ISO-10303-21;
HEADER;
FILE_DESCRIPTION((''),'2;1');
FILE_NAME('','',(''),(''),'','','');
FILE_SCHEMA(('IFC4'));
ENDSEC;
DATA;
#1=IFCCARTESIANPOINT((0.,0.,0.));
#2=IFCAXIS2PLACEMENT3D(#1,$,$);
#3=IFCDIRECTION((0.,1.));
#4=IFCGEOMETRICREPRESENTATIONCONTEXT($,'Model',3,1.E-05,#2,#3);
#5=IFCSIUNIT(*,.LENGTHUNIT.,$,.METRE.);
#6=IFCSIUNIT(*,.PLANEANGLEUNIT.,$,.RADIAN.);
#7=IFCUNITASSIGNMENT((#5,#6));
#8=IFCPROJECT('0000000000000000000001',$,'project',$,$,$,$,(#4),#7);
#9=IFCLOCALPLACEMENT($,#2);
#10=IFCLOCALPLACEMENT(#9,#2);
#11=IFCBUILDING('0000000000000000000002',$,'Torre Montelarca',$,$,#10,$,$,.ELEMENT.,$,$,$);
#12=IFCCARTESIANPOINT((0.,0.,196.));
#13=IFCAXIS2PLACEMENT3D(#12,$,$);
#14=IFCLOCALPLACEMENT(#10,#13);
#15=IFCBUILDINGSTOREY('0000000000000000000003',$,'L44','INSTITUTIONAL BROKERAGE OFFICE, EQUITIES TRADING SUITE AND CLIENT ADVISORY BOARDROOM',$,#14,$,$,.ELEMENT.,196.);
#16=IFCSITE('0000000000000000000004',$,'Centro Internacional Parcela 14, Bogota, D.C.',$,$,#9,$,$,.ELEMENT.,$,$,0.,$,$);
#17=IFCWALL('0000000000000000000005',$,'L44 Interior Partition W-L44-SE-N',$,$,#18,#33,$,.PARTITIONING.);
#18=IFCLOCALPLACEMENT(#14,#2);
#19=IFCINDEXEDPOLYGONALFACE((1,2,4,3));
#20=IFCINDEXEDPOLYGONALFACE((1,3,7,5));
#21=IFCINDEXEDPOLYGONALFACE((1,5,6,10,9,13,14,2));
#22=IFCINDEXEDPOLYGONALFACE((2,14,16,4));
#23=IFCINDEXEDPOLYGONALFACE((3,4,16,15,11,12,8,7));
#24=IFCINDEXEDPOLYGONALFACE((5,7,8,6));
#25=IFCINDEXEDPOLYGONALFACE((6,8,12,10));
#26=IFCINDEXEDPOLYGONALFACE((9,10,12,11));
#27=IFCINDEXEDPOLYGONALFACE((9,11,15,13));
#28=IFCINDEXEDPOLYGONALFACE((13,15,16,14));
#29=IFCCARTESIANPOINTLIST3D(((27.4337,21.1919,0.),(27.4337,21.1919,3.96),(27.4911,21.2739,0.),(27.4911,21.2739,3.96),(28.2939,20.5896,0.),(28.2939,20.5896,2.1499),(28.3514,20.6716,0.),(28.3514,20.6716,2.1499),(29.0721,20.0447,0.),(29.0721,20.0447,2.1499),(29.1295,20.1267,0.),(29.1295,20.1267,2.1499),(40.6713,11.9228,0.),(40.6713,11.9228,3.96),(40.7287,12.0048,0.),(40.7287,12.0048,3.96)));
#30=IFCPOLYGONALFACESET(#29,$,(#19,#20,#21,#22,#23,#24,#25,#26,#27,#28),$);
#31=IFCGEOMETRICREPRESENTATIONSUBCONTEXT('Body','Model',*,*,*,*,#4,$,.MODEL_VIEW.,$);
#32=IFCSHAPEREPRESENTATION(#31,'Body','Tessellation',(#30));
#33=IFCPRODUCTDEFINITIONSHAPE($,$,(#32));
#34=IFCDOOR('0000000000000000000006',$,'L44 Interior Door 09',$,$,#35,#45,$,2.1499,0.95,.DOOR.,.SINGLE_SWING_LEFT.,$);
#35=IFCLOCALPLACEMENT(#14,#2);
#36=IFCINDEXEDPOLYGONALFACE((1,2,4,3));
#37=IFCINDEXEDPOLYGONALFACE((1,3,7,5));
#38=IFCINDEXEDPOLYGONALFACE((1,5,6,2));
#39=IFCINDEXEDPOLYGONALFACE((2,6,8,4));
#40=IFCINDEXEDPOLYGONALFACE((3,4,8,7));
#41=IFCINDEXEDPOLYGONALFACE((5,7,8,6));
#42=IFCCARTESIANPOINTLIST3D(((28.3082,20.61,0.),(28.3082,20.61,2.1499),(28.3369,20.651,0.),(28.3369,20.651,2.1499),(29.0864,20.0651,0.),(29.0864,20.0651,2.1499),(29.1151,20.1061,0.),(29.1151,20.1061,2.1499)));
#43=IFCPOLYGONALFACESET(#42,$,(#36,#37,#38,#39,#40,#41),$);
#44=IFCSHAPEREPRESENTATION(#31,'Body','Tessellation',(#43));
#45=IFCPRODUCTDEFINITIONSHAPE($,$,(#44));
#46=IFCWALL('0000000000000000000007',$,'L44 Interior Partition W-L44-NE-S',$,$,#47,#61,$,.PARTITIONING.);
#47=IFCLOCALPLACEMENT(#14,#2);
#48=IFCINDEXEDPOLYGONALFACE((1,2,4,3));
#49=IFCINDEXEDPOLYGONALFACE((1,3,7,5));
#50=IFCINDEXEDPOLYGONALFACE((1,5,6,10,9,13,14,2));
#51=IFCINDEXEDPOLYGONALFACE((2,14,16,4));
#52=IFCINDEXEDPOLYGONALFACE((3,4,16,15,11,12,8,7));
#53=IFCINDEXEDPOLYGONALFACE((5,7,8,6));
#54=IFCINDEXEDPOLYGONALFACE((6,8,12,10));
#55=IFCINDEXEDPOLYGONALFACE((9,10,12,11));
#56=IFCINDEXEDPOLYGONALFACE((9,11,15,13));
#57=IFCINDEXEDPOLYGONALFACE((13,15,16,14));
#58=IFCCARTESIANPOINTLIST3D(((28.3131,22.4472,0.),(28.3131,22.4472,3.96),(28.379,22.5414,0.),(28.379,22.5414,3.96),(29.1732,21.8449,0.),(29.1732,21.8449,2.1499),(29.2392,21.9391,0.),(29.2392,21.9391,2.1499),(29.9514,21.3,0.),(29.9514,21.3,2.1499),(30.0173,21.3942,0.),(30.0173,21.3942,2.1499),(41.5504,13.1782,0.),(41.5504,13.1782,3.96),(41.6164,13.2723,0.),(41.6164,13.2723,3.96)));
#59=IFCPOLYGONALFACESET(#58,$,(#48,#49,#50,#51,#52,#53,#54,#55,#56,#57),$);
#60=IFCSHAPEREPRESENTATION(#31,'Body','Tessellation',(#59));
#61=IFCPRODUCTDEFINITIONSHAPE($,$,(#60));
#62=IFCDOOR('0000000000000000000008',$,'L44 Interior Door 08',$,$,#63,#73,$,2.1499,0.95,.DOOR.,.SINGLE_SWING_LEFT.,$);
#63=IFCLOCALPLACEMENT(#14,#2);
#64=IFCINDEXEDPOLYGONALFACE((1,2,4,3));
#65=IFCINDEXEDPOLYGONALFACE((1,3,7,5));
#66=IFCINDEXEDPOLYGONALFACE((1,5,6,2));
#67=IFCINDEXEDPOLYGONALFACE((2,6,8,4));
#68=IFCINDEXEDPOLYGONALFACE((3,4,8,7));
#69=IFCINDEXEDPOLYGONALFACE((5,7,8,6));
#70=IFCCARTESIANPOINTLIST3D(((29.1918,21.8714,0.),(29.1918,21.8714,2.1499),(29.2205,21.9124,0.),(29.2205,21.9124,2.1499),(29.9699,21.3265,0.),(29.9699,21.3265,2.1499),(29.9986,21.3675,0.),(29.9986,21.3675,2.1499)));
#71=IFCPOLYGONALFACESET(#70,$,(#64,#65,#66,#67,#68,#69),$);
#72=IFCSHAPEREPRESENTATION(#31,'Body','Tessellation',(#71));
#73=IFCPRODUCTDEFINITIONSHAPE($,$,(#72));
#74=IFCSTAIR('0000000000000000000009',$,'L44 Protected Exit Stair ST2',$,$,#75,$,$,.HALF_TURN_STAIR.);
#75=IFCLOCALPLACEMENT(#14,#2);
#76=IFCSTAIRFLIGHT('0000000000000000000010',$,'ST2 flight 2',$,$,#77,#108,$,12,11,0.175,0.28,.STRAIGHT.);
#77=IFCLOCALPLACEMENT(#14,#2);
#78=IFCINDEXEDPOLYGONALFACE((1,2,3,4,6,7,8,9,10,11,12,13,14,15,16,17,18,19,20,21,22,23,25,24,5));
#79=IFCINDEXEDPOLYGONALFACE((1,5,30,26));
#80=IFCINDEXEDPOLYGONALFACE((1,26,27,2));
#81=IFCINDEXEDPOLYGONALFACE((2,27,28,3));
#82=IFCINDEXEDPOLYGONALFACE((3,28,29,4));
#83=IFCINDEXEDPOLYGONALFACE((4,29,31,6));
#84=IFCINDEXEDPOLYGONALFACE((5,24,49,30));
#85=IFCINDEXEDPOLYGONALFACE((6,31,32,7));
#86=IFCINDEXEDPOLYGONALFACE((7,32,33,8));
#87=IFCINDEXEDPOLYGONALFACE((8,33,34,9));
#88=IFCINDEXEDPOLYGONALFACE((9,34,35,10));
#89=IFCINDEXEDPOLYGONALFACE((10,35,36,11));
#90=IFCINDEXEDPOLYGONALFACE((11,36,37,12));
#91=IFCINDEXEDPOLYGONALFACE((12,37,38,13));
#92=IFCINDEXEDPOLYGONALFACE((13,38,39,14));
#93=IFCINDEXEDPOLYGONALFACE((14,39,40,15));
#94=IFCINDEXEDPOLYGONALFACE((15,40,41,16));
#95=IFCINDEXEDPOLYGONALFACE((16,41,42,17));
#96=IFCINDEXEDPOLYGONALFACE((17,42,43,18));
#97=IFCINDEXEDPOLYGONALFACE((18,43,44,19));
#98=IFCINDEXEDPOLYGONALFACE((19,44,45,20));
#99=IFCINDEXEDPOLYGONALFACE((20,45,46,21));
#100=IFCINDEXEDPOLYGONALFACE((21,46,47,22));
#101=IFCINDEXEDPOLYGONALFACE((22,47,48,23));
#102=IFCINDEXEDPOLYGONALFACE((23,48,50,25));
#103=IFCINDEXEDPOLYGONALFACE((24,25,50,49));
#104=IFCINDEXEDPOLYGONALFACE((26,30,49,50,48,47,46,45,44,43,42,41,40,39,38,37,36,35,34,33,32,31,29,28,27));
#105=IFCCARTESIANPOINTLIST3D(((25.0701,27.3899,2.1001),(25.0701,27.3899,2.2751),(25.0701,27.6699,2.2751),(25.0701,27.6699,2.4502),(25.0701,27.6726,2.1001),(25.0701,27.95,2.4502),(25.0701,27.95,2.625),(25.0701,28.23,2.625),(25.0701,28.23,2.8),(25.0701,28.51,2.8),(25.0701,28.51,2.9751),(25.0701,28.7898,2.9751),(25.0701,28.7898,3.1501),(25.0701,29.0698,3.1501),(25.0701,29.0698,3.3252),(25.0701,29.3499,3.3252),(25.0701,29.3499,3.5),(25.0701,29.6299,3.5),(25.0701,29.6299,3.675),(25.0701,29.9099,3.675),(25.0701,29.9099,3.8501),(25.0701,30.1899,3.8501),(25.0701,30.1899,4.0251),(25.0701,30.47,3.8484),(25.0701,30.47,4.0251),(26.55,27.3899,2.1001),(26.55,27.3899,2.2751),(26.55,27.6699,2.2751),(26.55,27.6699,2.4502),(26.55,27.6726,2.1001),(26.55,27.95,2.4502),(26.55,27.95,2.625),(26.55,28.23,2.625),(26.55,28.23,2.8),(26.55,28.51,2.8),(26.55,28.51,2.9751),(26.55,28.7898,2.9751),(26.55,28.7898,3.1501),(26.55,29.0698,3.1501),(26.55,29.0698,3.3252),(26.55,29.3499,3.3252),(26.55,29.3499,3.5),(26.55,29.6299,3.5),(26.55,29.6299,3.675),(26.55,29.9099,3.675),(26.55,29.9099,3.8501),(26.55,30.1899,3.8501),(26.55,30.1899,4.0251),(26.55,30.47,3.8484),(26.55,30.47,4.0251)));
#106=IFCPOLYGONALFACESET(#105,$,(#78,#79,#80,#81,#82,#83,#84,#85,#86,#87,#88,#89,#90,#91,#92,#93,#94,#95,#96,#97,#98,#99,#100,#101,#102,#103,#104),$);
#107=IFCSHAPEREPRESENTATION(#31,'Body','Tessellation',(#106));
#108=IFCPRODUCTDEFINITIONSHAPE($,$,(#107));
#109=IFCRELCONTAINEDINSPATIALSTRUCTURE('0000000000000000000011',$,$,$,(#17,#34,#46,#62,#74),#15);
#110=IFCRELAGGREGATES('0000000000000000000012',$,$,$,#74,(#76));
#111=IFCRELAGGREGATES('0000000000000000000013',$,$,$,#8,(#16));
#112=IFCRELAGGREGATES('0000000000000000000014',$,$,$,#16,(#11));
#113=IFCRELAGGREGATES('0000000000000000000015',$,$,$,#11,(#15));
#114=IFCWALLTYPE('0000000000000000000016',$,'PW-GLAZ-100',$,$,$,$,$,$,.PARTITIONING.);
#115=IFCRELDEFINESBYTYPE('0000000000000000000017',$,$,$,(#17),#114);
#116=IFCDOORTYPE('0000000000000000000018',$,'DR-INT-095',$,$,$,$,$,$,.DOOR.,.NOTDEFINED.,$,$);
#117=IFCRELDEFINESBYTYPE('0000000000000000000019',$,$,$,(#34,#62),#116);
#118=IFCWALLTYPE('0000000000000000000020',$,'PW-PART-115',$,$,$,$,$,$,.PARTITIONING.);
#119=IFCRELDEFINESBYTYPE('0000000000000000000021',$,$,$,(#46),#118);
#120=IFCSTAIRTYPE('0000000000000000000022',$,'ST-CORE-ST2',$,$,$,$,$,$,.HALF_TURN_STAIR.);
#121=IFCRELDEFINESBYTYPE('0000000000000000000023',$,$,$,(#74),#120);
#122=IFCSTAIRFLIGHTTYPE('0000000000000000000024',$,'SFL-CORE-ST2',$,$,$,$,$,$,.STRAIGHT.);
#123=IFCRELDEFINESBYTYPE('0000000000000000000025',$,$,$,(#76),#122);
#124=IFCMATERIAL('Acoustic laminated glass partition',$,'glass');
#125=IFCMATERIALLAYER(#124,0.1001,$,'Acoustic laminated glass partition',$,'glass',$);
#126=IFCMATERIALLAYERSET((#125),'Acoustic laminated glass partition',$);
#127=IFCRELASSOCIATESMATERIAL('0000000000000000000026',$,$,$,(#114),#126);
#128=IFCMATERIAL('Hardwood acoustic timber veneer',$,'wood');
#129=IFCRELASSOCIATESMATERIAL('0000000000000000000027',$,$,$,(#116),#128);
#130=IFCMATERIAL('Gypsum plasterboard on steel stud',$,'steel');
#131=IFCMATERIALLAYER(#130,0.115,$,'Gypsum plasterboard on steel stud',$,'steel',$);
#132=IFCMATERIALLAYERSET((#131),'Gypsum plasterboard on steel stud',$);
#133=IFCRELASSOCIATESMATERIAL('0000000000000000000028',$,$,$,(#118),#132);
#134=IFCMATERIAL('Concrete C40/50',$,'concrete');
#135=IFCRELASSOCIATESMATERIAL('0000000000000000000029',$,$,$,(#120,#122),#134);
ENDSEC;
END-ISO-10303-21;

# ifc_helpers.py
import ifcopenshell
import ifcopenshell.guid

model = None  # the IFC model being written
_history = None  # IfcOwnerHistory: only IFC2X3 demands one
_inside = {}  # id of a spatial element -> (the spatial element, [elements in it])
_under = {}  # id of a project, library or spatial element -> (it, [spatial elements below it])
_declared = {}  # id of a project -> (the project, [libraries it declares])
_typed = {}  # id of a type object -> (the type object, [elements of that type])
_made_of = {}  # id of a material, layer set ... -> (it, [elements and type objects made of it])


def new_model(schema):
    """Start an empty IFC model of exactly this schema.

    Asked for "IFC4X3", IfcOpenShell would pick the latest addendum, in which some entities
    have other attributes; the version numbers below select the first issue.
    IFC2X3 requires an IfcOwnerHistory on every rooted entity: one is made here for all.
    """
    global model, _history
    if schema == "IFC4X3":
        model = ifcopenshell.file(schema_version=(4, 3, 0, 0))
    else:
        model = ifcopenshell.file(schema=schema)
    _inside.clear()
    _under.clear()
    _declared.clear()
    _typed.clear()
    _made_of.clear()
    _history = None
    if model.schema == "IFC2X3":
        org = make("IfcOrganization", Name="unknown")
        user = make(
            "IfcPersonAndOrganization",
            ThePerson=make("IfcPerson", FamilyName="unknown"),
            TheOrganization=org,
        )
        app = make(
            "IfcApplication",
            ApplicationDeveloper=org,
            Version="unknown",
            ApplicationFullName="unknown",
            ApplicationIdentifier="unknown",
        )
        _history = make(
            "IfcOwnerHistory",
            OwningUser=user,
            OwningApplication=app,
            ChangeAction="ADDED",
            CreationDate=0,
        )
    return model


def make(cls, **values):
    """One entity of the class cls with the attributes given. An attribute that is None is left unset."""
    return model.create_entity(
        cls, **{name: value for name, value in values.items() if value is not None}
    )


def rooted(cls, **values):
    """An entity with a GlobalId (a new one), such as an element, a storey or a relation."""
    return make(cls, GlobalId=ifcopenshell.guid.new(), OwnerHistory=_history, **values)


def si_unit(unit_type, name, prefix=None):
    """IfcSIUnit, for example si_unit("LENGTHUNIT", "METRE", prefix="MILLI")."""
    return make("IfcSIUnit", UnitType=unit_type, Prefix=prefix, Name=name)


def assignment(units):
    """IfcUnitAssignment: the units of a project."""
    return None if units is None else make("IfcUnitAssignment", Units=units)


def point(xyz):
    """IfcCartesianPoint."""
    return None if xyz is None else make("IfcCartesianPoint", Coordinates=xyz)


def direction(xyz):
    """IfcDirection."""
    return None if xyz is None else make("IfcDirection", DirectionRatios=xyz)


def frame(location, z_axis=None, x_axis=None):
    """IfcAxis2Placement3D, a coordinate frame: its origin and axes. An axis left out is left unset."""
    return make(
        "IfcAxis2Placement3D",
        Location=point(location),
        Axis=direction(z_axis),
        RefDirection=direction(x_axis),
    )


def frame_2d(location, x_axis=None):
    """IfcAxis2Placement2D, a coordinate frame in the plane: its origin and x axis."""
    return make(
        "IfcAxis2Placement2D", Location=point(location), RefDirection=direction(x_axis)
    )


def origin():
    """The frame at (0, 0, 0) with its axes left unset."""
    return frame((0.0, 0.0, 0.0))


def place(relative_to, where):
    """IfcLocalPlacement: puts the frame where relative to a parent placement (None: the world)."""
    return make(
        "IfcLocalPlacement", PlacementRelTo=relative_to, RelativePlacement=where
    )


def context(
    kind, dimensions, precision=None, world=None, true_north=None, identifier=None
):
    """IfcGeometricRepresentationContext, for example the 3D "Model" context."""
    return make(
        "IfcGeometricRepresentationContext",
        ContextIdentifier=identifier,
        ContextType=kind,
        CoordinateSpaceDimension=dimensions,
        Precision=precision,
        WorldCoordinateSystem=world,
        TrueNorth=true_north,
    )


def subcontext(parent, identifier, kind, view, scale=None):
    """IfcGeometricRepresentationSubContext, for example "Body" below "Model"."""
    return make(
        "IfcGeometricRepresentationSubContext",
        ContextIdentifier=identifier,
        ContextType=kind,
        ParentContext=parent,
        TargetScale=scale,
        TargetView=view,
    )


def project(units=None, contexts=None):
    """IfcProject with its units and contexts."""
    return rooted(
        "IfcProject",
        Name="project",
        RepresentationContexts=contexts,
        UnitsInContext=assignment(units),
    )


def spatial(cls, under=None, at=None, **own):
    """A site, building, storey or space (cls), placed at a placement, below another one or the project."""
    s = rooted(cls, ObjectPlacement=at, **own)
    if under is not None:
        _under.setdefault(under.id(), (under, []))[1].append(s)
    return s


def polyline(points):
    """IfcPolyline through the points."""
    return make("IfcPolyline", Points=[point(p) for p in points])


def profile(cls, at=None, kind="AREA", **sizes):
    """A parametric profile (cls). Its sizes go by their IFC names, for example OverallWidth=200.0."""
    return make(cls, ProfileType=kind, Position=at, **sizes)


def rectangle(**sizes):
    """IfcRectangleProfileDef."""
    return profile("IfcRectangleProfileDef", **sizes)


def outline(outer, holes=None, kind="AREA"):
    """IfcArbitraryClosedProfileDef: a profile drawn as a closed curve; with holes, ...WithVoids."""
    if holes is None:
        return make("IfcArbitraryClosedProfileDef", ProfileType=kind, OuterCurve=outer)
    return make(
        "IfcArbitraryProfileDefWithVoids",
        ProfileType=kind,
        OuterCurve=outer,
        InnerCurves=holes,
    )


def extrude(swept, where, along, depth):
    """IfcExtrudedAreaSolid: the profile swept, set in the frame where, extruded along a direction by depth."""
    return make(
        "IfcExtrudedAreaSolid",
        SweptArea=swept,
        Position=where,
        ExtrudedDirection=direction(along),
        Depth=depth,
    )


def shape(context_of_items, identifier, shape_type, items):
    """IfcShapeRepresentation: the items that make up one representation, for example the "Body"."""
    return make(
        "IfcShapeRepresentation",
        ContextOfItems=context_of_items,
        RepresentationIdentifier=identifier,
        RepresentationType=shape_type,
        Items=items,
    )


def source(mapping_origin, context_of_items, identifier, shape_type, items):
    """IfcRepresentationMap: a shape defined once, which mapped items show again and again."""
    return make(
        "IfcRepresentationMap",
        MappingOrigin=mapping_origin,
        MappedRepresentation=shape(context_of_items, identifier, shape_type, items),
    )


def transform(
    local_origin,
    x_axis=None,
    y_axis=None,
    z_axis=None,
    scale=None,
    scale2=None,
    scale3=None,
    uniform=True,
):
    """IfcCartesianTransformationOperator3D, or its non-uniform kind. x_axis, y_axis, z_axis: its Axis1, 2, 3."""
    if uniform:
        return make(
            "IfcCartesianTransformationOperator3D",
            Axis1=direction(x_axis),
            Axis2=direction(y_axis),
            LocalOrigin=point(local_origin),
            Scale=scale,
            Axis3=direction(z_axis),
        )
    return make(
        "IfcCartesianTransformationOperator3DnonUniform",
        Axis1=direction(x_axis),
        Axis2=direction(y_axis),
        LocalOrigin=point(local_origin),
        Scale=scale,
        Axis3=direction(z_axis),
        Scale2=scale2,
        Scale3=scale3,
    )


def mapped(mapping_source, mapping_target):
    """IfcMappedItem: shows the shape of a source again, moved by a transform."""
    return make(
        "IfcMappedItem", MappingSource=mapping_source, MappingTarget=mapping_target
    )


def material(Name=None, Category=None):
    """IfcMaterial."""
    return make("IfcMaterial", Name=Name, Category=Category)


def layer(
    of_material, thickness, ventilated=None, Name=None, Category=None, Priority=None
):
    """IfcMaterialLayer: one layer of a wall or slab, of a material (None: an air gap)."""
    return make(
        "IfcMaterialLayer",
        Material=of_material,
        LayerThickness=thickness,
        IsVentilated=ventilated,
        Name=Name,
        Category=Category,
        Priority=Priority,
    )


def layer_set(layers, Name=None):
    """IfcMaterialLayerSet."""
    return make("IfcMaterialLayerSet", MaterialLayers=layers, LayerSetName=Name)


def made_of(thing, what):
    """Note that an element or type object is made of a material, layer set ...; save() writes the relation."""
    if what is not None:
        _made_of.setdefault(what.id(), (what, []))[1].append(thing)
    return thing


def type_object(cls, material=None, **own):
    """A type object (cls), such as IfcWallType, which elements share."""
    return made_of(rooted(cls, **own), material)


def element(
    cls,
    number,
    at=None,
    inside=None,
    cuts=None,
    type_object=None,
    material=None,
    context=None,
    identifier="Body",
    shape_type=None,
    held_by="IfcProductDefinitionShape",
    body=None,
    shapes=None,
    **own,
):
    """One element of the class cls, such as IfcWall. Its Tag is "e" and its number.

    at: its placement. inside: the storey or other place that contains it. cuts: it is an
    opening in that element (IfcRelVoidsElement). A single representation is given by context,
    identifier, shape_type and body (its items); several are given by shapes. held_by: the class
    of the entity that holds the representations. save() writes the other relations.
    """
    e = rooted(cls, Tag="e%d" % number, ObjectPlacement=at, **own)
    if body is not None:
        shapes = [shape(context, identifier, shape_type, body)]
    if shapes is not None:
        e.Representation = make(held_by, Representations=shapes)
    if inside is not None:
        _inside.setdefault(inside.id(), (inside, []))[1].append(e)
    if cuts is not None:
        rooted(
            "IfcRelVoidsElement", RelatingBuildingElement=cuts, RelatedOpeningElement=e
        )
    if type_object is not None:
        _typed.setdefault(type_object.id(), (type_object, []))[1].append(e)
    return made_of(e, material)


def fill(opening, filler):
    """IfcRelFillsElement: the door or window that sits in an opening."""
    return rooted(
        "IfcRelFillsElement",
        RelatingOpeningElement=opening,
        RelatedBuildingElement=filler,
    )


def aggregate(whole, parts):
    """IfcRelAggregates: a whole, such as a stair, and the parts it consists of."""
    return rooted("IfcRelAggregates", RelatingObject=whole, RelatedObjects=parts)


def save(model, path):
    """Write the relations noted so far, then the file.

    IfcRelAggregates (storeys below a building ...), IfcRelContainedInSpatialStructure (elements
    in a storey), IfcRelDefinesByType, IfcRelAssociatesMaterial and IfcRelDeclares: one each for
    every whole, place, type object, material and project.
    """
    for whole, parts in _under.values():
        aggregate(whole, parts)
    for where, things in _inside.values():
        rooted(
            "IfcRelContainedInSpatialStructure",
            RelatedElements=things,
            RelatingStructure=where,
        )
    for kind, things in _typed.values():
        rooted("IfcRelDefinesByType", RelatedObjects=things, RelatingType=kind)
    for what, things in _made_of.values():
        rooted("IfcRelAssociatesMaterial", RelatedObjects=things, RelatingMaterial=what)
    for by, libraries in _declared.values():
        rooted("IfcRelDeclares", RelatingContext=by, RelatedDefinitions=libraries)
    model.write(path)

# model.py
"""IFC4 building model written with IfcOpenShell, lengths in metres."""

from ifc_helpers import new_model, si_unit, direction, frame, frame_2d, origin, place, context, subcontext, project, spatial, polyline, rectangle, outline, extrude, source, transform, mapped, material, layer, layer_set, type_object, element, fill, aggregate, save


model = new_model("IFC4")

# Units and contexts
model_context = context("Model", 3, precision=1e-05, world=origin(), true_north=direction((0.0, 1.0)))
body_context = subcontext(model_context, "Body", "Model", "MODEL_VIEW")
ifc_project = project(units=[si_unit("LENGTHUNIT", "METRE"), si_unit("PLANEANGLEUNIT", "RADIAN")], contexts=[model_context])

# Site, building, storey
site_placement = place(None, origin())
site = spatial("IfcSite", under=ifc_project, at=site_placement, Name="Centro Internacional Parcela 14, Bogota, D.C.", CompositionType="ELEMENT", RefElevation=0.0)
building_placement = place(site_placement, origin())
building = spatial("IfcBuilding", under=site, at=building_placement, Name="Torre Montelarca", CompositionType="ELEMENT")
storey_placement = place(building_placement, frame((0.0, 0.0, 196.0)))
storey = spatial("IfcBuildingStorey", under=building, at=storey_placement, Name="L44", Description="INSTITUTIONAL BROKERAGE OFFICE, EQUITIES TRADING SUITE AND CLIENT ADVISORY BOARDROOM", CompositionType="ELEMENT", Elevation=196.0)

# Shared definitions
ifc_material_1 = material(Name="Gypsum plasterboard on steel stud", Category="steel")

# Walls, openings, doors
ifc_material_2 = material(Name="Acoustic laminated glass partition", Category="glass")
ifc_layer_1 = layer(ifc_material_2, 0.1001, Name="Acoustic laminated glass partition", Category="glass")
ifc_layer_set_1 = layer_set([ifc_layer_1], Name="Acoustic laminated glass partition")
wall_type_1 = type_object("IfcWallType", Name="PW-GLAZ-100", PredefinedType="PARTITIONING", material=ifc_layer_set_1)
wall_1_placement = place(storey_placement, frame((27.4624, 21.2329, 0.0), z_axis=(0.0, 0.0, 1.0), x_axis=(0.819152, -0.573577, 0.0)))
wall_1 = element("IfcWall", 1, at=wall_1_placement, inside=storey, type_object=wall_type_1, Name="L44 Interior Partition W-L44-SE-N", PredefinedType="PARTITIONING", context=body_context, shape_type="SweptSolid", body=[
    extrude(rectangle(XDim=16.1602, YDim=0.1001, at=frame_2d((8.0801, 0.0))), origin(), (0.0, 0.0, 1.0), 3.96),
])
opening_1_placement = place(wall_1_placement, frame((1.05, 0.0, 0.0)))
opening_1 = element("IfcOpeningElement", 2, at=opening_1_placement, cuts=wall_1, PredefinedType="OPENING", context=body_context, shape_type="SweptSolid", body=[
    extrude(rectangle(XDim=0.95, YDim=2.1499, at=frame_2d((0.4751, 1.075))), frame((0.0, 0.0601, 0.0), z_axis=(0.0, -1.0, 0.0), x_axis=(1.0, 0.0, 0.0)), (0.0, 0.0, 1.0), 0.1201),
])
ifc_material_3 = material(Name="Hardwood acoustic timber veneer", Category="wood")
door_type_1 = type_object("IfcDoorType", Name="DR-INT-095", OperationType="NOTDEFINED", PredefinedType="DOOR", material=ifc_material_3)
shared_shape_1 = source(origin(), body_context, "Body", "SweptSolid", [
    extrude(rectangle(XDim=0.95, YDim=2.1499, at=frame_2d((0.4751, 1.075))), frame((0.0, 0.0249, 0.0), z_axis=(0.0, -1.0, 0.0), x_axis=(1.0, 0.0, 0.0)), (0.0, 0.0, 1.0), 0.05),
])
door_1_placement = place(opening_1_placement, origin())
door_1 = element("IfcDoor", 3, at=door_1_placement, inside=storey, type_object=door_type_1, Name="L44 Interior Door 09", OperationType="SINGLE_SWING_LEFT", OverallHeight=2.1499, OverallWidth=0.95, PredefinedType="DOOR", context=body_context, shape_type="MappedRepresentation", body=[
    mapped(shared_shape_1, transform((0.0, 0.0, 0.0), scale=1.0)),
])
fill(opening_1, door_1)
ifc_layer_2 = layer(ifc_material_1, 0.115, Name="Gypsum plasterboard on steel stud", Category="steel")
ifc_layer_set_2 = layer_set([ifc_layer_2], Name="Gypsum plasterboard on steel stud")
wall_type_2 = type_object("IfcWallType", Name="PW-PART-115", PredefinedType="PARTITIONING", material=ifc_layer_set_2)
wall_2_placement = place(storey_placement, frame((28.3459, 22.4944, 0.0), z_axis=(0.0, 0.0, 1.0), x_axis=(0.819147, -0.573584, 0.0)))
wall_2 = element("IfcWall", 4, at=wall_2_placement, inside=storey, type_object=wall_type_2, Name="L44 Interior Partition W-L44-NE-S", PredefinedType="PARTITIONING", context=body_context, shape_type="SweptSolid", body=[
    extrude(rectangle(XDim=16.1599, YDim=0.115, at=frame_2d((8.0801, 0.0))), origin(), (0.0, 0.0, 1.0), 3.96),
])
opening_2_placement = place(wall_2_placement, frame((1.05, 0.0, 0.0)))
opening_2 = element("IfcOpeningElement", 5, at=opening_2_placement, cuts=wall_2, PredefinedType="OPENING", context=body_context, shape_type="SweptSolid", body=[
    extrude(rectangle(XDim=0.95, YDim=2.1499, at=frame_2d((0.4751, 1.075))), frame((0.0, 0.0674, 0.0), z_axis=(0.0, -1.0, 0.0), x_axis=(1.0, 0.0, 0.0)), (0.0, 0.0, 1.0), 0.135),
])
door_2_placement = place(opening_2_placement, origin())
door_2 = element("IfcDoor", 6, at=door_2_placement, inside=storey, type_object=door_type_1, Name="L44 Interior Door 08", OperationType="SINGLE_SWING_LEFT", OverallHeight=2.1499, OverallWidth=0.95, PredefinedType="DOOR", context=body_context, shape_type="MappedRepresentation", body=[
    mapped(shared_shape_1, transform((0.0, 0.0, 0.0), scale=1.0)),
])
fill(opening_2, door_2)

# Stair, stair flight
ifc_material_4 = material(Name="Concrete C40/50", Category="concrete")
stair_type = type_object("IfcStairType", Name="ST-CORE-ST2", PredefinedType="HALF_TURN_STAIR", material=ifc_material_4)
stair_placement = place(storey_placement, origin())
stair = element("IfcStair", 7, at=stair_placement, inside=storey, type_object=stair_type, Name="L44 Protected Exit Stair ST2", PredefinedType="HALF_TURN_STAIR")
stair_flight_type = type_object("IfcStairFlightType", Name="SFL-CORE-ST2", PredefinedType="STRAIGHT", material=ifc_material_4)
stair_flight_placement = place(storey_placement, frame((25.8101, 27.3899, 2.1001), z_axis=(0.0, 0.0, 1.0), x_axis=(0.0, 1.0, 0.0)))
stair_flight = element("IfcStairFlight", 8, at=stair_flight_placement, type_object=stair_flight_type, Name="ST2 flight 2", NumberOfRisers=12, NumberOfTreads=11, PredefinedType="STRAIGHT", RiserHeight=0.175, TreadLength=0.28, context=body_context, shape_type="SweptSolid", body=[
    extrude(outline(polyline([(0.0, 0.0), (0.0, 0.175), (0.28, 0.175), (0.28, 0.3501), (0.5601, 0.3501), (0.5601, 0.5249), (0.8401, 0.5249), (0.8401, 0.7), (1.1201, 0.7), (1.1201, 0.875), (1.3999, 0.875), (1.3999, 1.05), (1.6799, 1.05), (1.6799, 1.2251), (1.96, 1.2251), (1.96, 1.3999), (2.24, 1.3999), (2.24, 1.575), (2.52, 1.575), (2.52, 1.75), (2.8, 1.75), (2.8, 1.925), (3.0801, 1.925), (3.0801, 2.1001), (3.0801, 1.7483), (0.2827, 0.0), (0.0, 0.0)])), frame((0.0, 0.74, 0.0), z_axis=(0.0, -1.0, 0.0), x_axis=(1.0, 0.0, 0.0)), (0.0, 0.0, 1.0), 1.48),
])
aggregate(stair, [stair_flight])

save(model, "model.ifc")
